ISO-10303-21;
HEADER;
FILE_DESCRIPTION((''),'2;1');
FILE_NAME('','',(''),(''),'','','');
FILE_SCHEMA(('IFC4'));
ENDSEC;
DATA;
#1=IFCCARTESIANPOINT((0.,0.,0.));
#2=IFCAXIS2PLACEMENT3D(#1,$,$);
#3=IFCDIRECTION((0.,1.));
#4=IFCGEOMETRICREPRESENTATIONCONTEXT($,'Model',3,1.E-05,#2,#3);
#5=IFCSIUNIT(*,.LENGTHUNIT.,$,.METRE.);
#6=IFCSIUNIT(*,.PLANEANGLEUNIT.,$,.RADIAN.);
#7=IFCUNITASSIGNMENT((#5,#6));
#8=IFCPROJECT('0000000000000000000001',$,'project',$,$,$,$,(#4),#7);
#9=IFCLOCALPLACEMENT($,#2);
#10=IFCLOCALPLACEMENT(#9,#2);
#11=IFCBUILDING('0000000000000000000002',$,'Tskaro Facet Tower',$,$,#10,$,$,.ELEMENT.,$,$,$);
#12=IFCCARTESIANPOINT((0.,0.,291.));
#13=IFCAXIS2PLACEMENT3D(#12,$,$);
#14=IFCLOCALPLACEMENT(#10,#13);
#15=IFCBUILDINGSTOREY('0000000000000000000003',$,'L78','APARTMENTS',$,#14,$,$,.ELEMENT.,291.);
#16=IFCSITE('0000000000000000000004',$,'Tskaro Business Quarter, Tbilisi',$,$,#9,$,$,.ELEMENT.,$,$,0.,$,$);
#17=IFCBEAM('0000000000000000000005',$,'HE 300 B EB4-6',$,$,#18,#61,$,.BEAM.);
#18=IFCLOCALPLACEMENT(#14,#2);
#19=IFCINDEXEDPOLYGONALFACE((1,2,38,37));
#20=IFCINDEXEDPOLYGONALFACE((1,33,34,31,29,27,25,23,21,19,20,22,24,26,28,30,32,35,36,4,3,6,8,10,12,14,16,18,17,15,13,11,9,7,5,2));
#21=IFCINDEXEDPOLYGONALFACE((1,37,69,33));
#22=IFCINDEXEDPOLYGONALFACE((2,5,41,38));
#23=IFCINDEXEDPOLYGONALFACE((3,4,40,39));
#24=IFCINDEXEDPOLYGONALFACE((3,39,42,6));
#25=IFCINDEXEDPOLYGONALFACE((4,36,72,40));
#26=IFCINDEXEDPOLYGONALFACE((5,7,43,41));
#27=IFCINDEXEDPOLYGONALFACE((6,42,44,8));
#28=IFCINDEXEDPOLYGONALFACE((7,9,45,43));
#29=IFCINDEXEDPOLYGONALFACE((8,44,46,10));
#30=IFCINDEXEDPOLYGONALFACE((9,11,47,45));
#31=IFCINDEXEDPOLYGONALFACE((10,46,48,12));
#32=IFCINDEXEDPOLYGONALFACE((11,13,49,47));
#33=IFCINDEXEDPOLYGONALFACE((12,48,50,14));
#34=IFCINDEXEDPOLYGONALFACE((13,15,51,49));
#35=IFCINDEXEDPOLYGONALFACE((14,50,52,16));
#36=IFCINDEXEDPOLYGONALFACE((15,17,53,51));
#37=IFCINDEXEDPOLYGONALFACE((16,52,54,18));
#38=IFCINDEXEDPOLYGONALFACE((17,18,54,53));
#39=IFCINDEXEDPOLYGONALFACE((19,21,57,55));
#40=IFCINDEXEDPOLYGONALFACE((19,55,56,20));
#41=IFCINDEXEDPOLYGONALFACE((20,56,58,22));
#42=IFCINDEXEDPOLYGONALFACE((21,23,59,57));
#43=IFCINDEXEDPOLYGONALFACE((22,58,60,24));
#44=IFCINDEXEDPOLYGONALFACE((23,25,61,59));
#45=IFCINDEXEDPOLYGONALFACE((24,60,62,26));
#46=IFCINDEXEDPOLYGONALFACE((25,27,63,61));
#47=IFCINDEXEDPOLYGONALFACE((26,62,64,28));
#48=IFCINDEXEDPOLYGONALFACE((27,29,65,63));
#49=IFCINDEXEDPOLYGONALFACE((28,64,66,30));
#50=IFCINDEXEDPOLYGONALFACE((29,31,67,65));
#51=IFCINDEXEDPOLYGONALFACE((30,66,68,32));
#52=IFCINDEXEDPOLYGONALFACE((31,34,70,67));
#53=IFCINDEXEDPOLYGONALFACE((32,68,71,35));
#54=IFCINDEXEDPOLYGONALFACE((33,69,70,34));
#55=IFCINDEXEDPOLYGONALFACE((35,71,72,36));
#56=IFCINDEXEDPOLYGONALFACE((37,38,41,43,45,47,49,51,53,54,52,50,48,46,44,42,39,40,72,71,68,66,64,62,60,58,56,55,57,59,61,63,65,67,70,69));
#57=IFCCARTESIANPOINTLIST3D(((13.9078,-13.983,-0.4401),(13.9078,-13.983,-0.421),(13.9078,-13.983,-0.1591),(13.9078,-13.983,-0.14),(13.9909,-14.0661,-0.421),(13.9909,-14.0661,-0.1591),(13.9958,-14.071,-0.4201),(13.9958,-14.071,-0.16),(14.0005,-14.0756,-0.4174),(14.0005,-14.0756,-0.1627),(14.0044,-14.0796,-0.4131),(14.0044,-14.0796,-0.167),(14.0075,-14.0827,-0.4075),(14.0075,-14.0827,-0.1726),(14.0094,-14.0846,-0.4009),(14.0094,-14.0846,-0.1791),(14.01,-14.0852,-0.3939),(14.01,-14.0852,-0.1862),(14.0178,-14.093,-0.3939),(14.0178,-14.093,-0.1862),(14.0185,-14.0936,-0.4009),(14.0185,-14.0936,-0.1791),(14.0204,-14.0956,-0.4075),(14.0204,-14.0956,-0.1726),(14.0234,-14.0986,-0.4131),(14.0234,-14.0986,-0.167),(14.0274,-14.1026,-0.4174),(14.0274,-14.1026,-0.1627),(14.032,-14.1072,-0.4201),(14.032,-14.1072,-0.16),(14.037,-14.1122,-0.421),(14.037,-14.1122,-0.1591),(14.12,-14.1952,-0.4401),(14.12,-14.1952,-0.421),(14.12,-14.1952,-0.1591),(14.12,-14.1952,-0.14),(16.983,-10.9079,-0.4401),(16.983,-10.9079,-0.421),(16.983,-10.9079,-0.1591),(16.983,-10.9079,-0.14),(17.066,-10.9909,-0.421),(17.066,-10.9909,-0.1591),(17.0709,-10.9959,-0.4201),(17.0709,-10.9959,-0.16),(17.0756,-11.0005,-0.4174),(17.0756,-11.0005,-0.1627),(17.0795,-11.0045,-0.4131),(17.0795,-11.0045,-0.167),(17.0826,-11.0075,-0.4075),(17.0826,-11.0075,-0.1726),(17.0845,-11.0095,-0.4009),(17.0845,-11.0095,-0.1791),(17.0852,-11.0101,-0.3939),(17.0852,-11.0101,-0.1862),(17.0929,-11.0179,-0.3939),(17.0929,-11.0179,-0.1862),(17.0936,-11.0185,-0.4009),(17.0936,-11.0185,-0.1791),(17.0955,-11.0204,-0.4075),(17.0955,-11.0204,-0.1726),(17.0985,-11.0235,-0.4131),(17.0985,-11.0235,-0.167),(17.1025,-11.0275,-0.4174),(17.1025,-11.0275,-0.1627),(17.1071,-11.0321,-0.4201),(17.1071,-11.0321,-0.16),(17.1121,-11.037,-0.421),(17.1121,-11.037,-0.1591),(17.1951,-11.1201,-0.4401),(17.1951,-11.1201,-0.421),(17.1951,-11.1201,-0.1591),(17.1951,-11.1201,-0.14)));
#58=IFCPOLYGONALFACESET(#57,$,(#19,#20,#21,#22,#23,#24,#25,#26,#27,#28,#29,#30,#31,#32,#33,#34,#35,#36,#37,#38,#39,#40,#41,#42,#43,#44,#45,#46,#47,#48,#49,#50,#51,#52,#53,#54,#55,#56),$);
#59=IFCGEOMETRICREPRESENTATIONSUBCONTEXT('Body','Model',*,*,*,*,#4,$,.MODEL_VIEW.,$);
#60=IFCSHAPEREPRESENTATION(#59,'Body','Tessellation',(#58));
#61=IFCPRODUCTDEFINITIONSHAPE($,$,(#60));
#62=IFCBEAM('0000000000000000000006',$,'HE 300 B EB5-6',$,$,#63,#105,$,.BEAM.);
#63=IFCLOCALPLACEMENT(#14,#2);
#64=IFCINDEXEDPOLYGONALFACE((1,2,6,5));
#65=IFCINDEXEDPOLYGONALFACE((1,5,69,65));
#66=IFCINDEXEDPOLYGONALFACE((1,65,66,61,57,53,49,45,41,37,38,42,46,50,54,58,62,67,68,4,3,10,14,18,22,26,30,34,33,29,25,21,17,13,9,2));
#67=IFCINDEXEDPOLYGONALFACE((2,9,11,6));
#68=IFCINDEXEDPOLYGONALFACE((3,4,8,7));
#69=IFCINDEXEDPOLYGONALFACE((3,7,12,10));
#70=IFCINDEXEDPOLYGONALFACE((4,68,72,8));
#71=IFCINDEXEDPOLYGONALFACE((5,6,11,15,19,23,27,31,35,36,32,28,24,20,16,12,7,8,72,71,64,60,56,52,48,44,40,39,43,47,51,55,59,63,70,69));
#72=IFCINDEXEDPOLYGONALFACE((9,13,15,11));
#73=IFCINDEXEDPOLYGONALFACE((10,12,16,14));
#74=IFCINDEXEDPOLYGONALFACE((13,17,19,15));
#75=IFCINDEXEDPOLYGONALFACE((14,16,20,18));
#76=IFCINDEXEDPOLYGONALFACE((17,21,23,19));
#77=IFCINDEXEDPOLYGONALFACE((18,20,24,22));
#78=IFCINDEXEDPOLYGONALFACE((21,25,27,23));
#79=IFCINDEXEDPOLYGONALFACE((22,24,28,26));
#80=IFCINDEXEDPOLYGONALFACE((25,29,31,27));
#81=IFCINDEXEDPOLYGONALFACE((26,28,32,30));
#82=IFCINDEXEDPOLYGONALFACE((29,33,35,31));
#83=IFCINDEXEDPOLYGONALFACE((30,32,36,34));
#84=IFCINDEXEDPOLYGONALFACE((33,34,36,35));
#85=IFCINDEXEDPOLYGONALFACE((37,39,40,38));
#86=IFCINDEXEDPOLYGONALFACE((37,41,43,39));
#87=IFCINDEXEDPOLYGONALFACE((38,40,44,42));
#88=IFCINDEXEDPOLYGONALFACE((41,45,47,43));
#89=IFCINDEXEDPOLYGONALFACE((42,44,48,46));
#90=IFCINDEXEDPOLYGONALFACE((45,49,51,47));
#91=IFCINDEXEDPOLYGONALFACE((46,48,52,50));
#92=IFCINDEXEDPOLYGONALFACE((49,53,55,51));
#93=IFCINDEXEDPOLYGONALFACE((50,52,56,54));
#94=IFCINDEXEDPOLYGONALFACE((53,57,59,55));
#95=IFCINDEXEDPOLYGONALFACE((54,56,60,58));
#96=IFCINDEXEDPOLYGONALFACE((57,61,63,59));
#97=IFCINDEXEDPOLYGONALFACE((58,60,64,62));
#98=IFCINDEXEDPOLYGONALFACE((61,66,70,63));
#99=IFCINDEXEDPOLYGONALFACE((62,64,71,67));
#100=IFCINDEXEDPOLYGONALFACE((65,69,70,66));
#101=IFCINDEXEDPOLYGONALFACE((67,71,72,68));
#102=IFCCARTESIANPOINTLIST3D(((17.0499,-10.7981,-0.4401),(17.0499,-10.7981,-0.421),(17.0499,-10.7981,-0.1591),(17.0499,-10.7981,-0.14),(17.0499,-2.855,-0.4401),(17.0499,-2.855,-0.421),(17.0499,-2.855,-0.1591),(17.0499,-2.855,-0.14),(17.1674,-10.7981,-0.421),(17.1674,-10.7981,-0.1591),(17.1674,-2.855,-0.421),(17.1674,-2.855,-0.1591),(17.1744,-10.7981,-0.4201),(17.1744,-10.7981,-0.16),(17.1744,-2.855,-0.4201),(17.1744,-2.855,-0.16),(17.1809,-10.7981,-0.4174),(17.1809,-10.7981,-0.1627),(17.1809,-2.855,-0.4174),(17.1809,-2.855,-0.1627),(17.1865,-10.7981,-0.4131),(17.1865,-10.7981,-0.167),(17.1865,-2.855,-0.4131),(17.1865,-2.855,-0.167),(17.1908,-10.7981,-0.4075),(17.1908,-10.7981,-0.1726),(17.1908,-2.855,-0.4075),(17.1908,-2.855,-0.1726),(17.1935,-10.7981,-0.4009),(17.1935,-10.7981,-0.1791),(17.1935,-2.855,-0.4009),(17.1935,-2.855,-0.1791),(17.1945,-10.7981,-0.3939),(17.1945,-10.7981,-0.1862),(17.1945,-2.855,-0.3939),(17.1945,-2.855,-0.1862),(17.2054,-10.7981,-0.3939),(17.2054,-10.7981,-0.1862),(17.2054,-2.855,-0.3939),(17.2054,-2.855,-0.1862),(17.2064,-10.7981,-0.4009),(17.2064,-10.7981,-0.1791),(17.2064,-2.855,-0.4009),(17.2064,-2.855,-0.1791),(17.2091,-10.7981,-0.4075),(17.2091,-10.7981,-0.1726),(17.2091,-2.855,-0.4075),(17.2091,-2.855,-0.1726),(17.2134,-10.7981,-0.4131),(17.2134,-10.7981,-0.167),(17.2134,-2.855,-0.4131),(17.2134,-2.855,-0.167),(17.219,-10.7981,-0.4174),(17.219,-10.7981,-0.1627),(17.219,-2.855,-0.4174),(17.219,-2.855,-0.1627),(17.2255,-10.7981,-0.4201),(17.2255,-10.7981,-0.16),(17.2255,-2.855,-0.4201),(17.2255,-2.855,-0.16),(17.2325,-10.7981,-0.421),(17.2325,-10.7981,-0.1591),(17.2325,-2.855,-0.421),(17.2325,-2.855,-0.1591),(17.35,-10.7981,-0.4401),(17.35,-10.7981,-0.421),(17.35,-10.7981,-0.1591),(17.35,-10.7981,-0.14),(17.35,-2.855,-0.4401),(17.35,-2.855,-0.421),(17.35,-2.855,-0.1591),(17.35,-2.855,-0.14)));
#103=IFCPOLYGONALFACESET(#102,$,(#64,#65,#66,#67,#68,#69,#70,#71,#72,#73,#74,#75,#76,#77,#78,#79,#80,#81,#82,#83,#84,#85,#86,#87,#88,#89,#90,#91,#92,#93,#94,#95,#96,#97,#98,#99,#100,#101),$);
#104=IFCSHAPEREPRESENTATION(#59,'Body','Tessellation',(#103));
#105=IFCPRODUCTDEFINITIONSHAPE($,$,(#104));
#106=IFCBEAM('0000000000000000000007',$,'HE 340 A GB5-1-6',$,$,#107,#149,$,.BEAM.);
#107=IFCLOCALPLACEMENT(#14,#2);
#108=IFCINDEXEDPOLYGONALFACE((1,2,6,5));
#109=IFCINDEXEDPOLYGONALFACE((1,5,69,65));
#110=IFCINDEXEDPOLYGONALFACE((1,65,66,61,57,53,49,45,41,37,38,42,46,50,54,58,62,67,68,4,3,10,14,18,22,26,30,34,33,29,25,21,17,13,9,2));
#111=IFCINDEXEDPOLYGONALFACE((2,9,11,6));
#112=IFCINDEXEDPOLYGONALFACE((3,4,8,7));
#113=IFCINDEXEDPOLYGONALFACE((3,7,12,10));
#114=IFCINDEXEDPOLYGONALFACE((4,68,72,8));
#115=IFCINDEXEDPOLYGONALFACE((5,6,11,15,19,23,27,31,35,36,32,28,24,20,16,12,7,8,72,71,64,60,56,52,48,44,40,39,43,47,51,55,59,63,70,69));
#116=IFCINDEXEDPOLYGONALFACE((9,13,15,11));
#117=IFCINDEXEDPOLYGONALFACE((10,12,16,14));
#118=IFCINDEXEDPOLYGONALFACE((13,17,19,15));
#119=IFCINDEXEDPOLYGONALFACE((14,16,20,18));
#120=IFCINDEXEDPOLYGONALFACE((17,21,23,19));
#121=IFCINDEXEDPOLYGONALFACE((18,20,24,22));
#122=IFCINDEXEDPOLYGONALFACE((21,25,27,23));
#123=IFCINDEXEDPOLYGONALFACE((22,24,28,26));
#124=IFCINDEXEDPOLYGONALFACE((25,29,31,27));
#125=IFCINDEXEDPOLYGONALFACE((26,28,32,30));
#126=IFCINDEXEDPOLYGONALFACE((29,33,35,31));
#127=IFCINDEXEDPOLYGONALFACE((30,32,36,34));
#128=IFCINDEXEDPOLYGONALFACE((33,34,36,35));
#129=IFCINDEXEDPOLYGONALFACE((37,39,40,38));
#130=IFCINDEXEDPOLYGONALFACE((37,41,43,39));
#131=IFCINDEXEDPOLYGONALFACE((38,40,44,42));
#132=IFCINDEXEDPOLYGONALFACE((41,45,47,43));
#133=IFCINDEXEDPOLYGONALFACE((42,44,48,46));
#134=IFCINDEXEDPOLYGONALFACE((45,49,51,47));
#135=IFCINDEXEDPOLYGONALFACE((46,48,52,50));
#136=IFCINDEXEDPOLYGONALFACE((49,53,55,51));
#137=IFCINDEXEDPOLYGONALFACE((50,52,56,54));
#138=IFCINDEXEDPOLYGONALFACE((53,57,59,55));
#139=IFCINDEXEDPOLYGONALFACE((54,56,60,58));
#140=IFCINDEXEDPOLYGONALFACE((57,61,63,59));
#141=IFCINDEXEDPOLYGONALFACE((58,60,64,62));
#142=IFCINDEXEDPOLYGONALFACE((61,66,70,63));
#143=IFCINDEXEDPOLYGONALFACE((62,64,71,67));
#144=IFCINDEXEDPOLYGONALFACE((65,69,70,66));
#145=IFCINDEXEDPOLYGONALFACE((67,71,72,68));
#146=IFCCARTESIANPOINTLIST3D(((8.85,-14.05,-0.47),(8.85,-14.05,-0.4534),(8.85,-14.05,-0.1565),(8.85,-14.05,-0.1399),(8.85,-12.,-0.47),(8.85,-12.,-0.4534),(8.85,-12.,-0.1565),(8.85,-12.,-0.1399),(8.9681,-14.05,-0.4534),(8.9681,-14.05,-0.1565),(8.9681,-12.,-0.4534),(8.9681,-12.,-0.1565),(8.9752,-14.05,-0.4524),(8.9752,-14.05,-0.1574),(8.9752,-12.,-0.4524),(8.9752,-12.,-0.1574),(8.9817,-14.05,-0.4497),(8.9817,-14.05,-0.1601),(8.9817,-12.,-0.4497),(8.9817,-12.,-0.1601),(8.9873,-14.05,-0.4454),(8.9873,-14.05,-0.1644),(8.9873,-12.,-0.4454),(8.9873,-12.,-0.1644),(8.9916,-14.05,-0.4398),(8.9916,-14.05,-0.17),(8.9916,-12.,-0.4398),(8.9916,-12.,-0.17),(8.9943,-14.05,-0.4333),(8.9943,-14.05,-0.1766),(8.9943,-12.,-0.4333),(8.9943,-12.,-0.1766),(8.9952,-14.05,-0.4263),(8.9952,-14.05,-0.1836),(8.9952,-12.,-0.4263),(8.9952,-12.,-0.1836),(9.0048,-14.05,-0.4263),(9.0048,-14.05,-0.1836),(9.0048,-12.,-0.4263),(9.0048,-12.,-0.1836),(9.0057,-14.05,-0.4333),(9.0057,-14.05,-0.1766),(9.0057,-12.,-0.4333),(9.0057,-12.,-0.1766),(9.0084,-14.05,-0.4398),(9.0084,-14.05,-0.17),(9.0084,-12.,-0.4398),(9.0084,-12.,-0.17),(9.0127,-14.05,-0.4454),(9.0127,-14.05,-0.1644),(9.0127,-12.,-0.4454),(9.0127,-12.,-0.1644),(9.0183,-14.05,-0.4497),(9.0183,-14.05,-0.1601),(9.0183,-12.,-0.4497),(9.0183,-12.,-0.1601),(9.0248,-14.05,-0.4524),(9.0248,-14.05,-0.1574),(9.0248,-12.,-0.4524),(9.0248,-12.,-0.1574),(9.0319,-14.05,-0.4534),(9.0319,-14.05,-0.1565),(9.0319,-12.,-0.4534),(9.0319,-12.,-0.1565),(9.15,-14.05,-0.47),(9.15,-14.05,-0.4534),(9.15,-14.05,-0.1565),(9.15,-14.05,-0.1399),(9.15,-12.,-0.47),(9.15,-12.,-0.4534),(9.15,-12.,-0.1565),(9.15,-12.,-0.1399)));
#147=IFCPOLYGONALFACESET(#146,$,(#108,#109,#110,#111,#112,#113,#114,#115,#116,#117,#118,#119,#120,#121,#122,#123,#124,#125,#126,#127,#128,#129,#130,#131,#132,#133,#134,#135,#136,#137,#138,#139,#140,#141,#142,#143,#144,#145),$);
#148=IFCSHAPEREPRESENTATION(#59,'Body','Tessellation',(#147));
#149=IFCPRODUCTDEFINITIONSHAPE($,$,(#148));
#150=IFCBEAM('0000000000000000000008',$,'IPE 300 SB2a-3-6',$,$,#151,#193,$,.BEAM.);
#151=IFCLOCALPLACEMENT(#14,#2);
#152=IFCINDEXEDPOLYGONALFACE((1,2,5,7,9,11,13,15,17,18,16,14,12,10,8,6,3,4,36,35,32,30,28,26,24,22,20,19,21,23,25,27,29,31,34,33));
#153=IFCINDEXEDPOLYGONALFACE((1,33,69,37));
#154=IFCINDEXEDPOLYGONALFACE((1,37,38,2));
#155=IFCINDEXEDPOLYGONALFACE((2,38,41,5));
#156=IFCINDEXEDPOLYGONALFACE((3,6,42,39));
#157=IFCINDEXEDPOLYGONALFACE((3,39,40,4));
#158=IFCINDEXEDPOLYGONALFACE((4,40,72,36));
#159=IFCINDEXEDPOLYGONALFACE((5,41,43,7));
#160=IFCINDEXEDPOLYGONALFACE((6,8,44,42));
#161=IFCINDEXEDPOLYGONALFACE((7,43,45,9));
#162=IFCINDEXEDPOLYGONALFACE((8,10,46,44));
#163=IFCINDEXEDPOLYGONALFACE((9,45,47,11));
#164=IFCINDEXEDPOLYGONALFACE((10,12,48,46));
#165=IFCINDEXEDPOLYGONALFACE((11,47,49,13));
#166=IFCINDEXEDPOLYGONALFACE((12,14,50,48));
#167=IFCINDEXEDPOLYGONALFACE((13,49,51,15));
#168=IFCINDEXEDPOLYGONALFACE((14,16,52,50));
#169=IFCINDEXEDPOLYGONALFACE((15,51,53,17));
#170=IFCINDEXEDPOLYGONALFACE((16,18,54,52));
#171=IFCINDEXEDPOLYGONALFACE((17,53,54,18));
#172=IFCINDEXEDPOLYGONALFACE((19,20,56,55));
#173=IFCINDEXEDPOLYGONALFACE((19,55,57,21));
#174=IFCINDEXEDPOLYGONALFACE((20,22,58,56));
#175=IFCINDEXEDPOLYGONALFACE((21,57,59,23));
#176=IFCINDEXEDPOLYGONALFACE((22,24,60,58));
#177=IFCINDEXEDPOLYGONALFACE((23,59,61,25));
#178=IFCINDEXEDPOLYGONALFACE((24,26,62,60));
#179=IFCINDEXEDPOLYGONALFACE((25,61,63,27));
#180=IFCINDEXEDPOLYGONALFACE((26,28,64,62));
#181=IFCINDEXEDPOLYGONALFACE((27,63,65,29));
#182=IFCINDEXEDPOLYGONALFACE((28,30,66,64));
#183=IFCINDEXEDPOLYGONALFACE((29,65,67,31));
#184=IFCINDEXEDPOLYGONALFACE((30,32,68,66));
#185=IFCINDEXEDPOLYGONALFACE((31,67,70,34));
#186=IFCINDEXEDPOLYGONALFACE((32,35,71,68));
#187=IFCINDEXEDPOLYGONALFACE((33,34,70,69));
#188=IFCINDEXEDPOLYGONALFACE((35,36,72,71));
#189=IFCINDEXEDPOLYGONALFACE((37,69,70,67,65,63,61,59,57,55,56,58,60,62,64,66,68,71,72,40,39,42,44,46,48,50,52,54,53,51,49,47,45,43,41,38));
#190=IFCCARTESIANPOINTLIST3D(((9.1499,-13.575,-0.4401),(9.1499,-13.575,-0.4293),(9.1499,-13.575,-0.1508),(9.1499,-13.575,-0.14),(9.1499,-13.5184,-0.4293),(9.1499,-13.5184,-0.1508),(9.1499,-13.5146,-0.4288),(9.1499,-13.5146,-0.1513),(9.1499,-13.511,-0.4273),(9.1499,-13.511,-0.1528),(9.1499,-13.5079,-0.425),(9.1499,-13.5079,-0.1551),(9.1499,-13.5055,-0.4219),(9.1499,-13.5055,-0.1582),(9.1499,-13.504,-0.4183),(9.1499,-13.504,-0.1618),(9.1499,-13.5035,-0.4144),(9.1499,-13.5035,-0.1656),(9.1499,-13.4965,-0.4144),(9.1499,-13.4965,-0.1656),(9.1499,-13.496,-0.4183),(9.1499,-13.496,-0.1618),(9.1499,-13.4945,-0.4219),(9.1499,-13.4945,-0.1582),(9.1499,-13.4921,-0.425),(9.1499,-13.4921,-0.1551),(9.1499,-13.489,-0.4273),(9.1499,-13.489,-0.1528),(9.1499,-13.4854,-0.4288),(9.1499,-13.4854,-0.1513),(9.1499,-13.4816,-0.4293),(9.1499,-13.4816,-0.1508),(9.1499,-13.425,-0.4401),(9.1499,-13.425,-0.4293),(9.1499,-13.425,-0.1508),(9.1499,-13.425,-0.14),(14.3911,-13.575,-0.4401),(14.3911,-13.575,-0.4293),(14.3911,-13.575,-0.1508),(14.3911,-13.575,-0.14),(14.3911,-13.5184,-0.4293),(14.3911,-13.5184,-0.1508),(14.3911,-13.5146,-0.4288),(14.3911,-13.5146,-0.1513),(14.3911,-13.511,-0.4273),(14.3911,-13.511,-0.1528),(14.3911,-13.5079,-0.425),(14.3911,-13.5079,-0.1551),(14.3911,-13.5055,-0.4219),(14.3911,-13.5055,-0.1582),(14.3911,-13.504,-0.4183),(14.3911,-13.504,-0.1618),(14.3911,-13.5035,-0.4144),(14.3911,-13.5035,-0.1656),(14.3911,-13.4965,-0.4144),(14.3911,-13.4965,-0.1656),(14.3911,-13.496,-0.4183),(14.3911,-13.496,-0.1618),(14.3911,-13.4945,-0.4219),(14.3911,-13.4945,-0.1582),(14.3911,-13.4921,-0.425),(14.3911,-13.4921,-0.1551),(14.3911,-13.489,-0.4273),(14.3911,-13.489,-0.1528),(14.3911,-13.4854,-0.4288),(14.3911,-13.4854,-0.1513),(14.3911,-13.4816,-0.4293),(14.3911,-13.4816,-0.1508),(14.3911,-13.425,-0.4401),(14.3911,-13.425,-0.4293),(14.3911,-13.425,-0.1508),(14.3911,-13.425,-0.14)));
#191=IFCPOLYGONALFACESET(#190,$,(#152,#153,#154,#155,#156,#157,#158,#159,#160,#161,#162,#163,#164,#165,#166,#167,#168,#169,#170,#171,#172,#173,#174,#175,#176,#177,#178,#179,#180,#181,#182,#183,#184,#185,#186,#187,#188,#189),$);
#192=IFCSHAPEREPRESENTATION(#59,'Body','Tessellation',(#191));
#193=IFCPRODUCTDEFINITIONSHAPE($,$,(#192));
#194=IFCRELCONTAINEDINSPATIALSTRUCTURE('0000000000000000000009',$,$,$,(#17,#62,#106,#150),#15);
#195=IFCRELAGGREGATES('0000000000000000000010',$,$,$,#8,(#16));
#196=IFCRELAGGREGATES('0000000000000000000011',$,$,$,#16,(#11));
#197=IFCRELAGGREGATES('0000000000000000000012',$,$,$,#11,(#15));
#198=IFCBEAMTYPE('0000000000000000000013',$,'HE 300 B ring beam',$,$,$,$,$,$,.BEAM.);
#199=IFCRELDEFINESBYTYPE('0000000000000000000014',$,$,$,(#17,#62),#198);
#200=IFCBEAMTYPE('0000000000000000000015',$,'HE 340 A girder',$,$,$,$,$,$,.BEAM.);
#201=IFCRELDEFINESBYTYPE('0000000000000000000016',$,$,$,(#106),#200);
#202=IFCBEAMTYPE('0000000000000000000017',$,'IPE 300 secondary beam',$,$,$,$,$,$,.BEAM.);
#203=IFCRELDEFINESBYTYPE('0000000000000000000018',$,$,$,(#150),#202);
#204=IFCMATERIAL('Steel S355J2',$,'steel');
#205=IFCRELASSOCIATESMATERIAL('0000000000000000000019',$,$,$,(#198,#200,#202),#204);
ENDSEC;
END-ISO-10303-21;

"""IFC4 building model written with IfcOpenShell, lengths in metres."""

from ifc_helpers import new_model, si_unit, direction, frame, origin, origin_2d, place, context, subcontext, project, spatial, i_section, extrude, material, material_profile, profile_set, type_object, element, save


model = new_model("IFC4")

# Units and contexts
model_context = context("Model", 3, precision=1e-05, world=origin(), true_north=direction((0.0, 1.0)))
body_context = subcontext(model_context, "Body", "Model", "MODEL_VIEW")
ifc_project = project(units=[si_unit("LENGTHUNIT", "METRE"), si_unit("PLANEANGLEUNIT", "RADIAN")], contexts=[model_context])

# Site, building, storey
site_placement = place(None, origin())
site = spatial("IfcSite", under=ifc_project, at=site_placement, Name="Tskaro Business Quarter, Tbilisi", CompositionType="ELEMENT", RefElevation=0.0)
building_placement = place(site_placement, origin())
building = spatial("IfcBuilding", under=site, at=building_placement, Name="Tskaro Facet Tower", CompositionType="ELEMENT")
storey_placement = place(building_placement, frame((0.0, 0.0, 291.0)))
storey = spatial("IfcBuildingStorey", under=building, at=storey_placement, Name="L78", Description="APARTMENTS", CompositionType="ELEMENT", Elevation=291.0)

# Shared definitions
ifc_material_1 = material(Name="Steel S355J2", Category="steel")

# Beams
ifc_material_profile_1 = material_profile(ifc_material_1, i_section(OverallWidth=0.3, OverallDepth=0.3, WebThickness=0.011, FlangeThickness=0.019, FilletRadius=0.0271, at=origin_2d()), Name="HE 300 B")
ifc_profile_set_1 = profile_set([ifc_material_profile_1], Name="Steel S355J2")
beam_type_1 = type_object("IfcBeamType", Name="HE 300 B ring beam", PredefinedType="BEAM", material=ifc_profile_set_1)
beam_1_placement = place(storey_placement, frame((14.0139, -14.0891, -0.29), z_axis=(0.707107, 0.707107, 0.0), x_axis=(-0.707107, 0.707107, 0.0)))
element("IfcBeam", 1, at=beam_1_placement, inside=storey, type_object=beam_type_1, Name="HE 300 B EB4-6", PredefinedType="BEAM", context=body_context, shape_type="SweptSolid", body=[
    extrude(i_section(OverallWidth=0.3, OverallDepth=0.3, WebThickness=0.011, FlangeThickness=0.019, FilletRadius=0.0271, at=origin_2d()), origin(), (0.0, 0.0, 1.0), 4.3489),
])
beam_2_placement = place(storey_placement, frame((17.2, -10.7981, -0.29), z_axis=(0.0, 1.0, 0.0), x_axis=(-1.0, 0.0, 0.0)))
element("IfcBeam", 2, at=beam_2_placement, inside=storey, type_object=beam_type_1, Name="HE 300 B EB5-6", PredefinedType="BEAM", context=body_context, shape_type="SweptSolid", body=[
    extrude(i_section(OverallWidth=0.3, OverallDepth=0.3, WebThickness=0.011, FlangeThickness=0.019, FilletRadius=0.0271, at=origin_2d()), origin(), (0.0, 0.0, 1.0), 7.9431),
])
ifc_material_profile_2 = material_profile(ifc_material_1, i_section(OverallWidth=0.3, OverallDepth=0.3301, WebThickness=0.0095, FlangeThickness=0.0166, FilletRadius=0.0271, at=origin_2d()), Name="HE 340 A")
ifc_profile_set_2 = profile_set([ifc_material_profile_2], Name="Steel S355J2")
beam_type_2 = type_object("IfcBeamType", Name="HE 340 A girder", PredefinedType="BEAM", material=ifc_profile_set_2)
beam_3_placement = place(storey_placement, frame((9.0, -14.05, -0.3049), z_axis=(0.0, 1.0, 0.0), x_axis=(-1.0, 0.0, 0.0)))
element("IfcBeam", 3, at=beam_3_placement, inside=storey, type_object=beam_type_2, Name="HE 340 A GB5-1-6", PredefinedType="BEAM", context=body_context, shape_type="SweptSolid", body=[
    extrude(i_section(OverallWidth=0.3, OverallDepth=0.3301, WebThickness=0.0095, FlangeThickness=0.0166, FilletRadius=0.0271, at=origin_2d()), origin(), (0.0, 0.0, 1.0), 2.05),
])
ifc_material_profile_3 = material_profile(ifc_material_1, i_section(OverallWidth=0.1499, OverallDepth=0.3, WebThickness=0.0071, FlangeThickness=0.0107, FilletRadius=0.0149, at=origin_2d()), Name="IPE 300")
ifc_profile_set_3 = profile_set([ifc_material_profile_3], Name="Steel S355J2")
beam_type_3 = type_object("IfcBeamType", Name="IPE 300 secondary beam", PredefinedType="BEAM", material=ifc_profile_set_3)
beam_4_placement = place(storey_placement, frame((9.1499, -13.5, -0.29), z_axis=(1.0, 0.0, 0.0), x_axis=(0.0, 1.0, 0.0)))
element("IfcBeam", 4, at=beam_4_placement, inside=storey, type_object=beam_type_3, Name="IPE 300 SB2a-3-6", PredefinedType="BEAM", context=body_context, shape_type="SweptSolid", body=[
    extrude(i_section(OverallWidth=0.1499, OverallDepth=0.3, WebThickness=0.0071, FlangeThickness=0.0107, FilletRadius=0.0149, at=origin_2d()), origin(), (0.0, 0.0, 1.0), 5.2412),
])

save(model, "model.ifc")
